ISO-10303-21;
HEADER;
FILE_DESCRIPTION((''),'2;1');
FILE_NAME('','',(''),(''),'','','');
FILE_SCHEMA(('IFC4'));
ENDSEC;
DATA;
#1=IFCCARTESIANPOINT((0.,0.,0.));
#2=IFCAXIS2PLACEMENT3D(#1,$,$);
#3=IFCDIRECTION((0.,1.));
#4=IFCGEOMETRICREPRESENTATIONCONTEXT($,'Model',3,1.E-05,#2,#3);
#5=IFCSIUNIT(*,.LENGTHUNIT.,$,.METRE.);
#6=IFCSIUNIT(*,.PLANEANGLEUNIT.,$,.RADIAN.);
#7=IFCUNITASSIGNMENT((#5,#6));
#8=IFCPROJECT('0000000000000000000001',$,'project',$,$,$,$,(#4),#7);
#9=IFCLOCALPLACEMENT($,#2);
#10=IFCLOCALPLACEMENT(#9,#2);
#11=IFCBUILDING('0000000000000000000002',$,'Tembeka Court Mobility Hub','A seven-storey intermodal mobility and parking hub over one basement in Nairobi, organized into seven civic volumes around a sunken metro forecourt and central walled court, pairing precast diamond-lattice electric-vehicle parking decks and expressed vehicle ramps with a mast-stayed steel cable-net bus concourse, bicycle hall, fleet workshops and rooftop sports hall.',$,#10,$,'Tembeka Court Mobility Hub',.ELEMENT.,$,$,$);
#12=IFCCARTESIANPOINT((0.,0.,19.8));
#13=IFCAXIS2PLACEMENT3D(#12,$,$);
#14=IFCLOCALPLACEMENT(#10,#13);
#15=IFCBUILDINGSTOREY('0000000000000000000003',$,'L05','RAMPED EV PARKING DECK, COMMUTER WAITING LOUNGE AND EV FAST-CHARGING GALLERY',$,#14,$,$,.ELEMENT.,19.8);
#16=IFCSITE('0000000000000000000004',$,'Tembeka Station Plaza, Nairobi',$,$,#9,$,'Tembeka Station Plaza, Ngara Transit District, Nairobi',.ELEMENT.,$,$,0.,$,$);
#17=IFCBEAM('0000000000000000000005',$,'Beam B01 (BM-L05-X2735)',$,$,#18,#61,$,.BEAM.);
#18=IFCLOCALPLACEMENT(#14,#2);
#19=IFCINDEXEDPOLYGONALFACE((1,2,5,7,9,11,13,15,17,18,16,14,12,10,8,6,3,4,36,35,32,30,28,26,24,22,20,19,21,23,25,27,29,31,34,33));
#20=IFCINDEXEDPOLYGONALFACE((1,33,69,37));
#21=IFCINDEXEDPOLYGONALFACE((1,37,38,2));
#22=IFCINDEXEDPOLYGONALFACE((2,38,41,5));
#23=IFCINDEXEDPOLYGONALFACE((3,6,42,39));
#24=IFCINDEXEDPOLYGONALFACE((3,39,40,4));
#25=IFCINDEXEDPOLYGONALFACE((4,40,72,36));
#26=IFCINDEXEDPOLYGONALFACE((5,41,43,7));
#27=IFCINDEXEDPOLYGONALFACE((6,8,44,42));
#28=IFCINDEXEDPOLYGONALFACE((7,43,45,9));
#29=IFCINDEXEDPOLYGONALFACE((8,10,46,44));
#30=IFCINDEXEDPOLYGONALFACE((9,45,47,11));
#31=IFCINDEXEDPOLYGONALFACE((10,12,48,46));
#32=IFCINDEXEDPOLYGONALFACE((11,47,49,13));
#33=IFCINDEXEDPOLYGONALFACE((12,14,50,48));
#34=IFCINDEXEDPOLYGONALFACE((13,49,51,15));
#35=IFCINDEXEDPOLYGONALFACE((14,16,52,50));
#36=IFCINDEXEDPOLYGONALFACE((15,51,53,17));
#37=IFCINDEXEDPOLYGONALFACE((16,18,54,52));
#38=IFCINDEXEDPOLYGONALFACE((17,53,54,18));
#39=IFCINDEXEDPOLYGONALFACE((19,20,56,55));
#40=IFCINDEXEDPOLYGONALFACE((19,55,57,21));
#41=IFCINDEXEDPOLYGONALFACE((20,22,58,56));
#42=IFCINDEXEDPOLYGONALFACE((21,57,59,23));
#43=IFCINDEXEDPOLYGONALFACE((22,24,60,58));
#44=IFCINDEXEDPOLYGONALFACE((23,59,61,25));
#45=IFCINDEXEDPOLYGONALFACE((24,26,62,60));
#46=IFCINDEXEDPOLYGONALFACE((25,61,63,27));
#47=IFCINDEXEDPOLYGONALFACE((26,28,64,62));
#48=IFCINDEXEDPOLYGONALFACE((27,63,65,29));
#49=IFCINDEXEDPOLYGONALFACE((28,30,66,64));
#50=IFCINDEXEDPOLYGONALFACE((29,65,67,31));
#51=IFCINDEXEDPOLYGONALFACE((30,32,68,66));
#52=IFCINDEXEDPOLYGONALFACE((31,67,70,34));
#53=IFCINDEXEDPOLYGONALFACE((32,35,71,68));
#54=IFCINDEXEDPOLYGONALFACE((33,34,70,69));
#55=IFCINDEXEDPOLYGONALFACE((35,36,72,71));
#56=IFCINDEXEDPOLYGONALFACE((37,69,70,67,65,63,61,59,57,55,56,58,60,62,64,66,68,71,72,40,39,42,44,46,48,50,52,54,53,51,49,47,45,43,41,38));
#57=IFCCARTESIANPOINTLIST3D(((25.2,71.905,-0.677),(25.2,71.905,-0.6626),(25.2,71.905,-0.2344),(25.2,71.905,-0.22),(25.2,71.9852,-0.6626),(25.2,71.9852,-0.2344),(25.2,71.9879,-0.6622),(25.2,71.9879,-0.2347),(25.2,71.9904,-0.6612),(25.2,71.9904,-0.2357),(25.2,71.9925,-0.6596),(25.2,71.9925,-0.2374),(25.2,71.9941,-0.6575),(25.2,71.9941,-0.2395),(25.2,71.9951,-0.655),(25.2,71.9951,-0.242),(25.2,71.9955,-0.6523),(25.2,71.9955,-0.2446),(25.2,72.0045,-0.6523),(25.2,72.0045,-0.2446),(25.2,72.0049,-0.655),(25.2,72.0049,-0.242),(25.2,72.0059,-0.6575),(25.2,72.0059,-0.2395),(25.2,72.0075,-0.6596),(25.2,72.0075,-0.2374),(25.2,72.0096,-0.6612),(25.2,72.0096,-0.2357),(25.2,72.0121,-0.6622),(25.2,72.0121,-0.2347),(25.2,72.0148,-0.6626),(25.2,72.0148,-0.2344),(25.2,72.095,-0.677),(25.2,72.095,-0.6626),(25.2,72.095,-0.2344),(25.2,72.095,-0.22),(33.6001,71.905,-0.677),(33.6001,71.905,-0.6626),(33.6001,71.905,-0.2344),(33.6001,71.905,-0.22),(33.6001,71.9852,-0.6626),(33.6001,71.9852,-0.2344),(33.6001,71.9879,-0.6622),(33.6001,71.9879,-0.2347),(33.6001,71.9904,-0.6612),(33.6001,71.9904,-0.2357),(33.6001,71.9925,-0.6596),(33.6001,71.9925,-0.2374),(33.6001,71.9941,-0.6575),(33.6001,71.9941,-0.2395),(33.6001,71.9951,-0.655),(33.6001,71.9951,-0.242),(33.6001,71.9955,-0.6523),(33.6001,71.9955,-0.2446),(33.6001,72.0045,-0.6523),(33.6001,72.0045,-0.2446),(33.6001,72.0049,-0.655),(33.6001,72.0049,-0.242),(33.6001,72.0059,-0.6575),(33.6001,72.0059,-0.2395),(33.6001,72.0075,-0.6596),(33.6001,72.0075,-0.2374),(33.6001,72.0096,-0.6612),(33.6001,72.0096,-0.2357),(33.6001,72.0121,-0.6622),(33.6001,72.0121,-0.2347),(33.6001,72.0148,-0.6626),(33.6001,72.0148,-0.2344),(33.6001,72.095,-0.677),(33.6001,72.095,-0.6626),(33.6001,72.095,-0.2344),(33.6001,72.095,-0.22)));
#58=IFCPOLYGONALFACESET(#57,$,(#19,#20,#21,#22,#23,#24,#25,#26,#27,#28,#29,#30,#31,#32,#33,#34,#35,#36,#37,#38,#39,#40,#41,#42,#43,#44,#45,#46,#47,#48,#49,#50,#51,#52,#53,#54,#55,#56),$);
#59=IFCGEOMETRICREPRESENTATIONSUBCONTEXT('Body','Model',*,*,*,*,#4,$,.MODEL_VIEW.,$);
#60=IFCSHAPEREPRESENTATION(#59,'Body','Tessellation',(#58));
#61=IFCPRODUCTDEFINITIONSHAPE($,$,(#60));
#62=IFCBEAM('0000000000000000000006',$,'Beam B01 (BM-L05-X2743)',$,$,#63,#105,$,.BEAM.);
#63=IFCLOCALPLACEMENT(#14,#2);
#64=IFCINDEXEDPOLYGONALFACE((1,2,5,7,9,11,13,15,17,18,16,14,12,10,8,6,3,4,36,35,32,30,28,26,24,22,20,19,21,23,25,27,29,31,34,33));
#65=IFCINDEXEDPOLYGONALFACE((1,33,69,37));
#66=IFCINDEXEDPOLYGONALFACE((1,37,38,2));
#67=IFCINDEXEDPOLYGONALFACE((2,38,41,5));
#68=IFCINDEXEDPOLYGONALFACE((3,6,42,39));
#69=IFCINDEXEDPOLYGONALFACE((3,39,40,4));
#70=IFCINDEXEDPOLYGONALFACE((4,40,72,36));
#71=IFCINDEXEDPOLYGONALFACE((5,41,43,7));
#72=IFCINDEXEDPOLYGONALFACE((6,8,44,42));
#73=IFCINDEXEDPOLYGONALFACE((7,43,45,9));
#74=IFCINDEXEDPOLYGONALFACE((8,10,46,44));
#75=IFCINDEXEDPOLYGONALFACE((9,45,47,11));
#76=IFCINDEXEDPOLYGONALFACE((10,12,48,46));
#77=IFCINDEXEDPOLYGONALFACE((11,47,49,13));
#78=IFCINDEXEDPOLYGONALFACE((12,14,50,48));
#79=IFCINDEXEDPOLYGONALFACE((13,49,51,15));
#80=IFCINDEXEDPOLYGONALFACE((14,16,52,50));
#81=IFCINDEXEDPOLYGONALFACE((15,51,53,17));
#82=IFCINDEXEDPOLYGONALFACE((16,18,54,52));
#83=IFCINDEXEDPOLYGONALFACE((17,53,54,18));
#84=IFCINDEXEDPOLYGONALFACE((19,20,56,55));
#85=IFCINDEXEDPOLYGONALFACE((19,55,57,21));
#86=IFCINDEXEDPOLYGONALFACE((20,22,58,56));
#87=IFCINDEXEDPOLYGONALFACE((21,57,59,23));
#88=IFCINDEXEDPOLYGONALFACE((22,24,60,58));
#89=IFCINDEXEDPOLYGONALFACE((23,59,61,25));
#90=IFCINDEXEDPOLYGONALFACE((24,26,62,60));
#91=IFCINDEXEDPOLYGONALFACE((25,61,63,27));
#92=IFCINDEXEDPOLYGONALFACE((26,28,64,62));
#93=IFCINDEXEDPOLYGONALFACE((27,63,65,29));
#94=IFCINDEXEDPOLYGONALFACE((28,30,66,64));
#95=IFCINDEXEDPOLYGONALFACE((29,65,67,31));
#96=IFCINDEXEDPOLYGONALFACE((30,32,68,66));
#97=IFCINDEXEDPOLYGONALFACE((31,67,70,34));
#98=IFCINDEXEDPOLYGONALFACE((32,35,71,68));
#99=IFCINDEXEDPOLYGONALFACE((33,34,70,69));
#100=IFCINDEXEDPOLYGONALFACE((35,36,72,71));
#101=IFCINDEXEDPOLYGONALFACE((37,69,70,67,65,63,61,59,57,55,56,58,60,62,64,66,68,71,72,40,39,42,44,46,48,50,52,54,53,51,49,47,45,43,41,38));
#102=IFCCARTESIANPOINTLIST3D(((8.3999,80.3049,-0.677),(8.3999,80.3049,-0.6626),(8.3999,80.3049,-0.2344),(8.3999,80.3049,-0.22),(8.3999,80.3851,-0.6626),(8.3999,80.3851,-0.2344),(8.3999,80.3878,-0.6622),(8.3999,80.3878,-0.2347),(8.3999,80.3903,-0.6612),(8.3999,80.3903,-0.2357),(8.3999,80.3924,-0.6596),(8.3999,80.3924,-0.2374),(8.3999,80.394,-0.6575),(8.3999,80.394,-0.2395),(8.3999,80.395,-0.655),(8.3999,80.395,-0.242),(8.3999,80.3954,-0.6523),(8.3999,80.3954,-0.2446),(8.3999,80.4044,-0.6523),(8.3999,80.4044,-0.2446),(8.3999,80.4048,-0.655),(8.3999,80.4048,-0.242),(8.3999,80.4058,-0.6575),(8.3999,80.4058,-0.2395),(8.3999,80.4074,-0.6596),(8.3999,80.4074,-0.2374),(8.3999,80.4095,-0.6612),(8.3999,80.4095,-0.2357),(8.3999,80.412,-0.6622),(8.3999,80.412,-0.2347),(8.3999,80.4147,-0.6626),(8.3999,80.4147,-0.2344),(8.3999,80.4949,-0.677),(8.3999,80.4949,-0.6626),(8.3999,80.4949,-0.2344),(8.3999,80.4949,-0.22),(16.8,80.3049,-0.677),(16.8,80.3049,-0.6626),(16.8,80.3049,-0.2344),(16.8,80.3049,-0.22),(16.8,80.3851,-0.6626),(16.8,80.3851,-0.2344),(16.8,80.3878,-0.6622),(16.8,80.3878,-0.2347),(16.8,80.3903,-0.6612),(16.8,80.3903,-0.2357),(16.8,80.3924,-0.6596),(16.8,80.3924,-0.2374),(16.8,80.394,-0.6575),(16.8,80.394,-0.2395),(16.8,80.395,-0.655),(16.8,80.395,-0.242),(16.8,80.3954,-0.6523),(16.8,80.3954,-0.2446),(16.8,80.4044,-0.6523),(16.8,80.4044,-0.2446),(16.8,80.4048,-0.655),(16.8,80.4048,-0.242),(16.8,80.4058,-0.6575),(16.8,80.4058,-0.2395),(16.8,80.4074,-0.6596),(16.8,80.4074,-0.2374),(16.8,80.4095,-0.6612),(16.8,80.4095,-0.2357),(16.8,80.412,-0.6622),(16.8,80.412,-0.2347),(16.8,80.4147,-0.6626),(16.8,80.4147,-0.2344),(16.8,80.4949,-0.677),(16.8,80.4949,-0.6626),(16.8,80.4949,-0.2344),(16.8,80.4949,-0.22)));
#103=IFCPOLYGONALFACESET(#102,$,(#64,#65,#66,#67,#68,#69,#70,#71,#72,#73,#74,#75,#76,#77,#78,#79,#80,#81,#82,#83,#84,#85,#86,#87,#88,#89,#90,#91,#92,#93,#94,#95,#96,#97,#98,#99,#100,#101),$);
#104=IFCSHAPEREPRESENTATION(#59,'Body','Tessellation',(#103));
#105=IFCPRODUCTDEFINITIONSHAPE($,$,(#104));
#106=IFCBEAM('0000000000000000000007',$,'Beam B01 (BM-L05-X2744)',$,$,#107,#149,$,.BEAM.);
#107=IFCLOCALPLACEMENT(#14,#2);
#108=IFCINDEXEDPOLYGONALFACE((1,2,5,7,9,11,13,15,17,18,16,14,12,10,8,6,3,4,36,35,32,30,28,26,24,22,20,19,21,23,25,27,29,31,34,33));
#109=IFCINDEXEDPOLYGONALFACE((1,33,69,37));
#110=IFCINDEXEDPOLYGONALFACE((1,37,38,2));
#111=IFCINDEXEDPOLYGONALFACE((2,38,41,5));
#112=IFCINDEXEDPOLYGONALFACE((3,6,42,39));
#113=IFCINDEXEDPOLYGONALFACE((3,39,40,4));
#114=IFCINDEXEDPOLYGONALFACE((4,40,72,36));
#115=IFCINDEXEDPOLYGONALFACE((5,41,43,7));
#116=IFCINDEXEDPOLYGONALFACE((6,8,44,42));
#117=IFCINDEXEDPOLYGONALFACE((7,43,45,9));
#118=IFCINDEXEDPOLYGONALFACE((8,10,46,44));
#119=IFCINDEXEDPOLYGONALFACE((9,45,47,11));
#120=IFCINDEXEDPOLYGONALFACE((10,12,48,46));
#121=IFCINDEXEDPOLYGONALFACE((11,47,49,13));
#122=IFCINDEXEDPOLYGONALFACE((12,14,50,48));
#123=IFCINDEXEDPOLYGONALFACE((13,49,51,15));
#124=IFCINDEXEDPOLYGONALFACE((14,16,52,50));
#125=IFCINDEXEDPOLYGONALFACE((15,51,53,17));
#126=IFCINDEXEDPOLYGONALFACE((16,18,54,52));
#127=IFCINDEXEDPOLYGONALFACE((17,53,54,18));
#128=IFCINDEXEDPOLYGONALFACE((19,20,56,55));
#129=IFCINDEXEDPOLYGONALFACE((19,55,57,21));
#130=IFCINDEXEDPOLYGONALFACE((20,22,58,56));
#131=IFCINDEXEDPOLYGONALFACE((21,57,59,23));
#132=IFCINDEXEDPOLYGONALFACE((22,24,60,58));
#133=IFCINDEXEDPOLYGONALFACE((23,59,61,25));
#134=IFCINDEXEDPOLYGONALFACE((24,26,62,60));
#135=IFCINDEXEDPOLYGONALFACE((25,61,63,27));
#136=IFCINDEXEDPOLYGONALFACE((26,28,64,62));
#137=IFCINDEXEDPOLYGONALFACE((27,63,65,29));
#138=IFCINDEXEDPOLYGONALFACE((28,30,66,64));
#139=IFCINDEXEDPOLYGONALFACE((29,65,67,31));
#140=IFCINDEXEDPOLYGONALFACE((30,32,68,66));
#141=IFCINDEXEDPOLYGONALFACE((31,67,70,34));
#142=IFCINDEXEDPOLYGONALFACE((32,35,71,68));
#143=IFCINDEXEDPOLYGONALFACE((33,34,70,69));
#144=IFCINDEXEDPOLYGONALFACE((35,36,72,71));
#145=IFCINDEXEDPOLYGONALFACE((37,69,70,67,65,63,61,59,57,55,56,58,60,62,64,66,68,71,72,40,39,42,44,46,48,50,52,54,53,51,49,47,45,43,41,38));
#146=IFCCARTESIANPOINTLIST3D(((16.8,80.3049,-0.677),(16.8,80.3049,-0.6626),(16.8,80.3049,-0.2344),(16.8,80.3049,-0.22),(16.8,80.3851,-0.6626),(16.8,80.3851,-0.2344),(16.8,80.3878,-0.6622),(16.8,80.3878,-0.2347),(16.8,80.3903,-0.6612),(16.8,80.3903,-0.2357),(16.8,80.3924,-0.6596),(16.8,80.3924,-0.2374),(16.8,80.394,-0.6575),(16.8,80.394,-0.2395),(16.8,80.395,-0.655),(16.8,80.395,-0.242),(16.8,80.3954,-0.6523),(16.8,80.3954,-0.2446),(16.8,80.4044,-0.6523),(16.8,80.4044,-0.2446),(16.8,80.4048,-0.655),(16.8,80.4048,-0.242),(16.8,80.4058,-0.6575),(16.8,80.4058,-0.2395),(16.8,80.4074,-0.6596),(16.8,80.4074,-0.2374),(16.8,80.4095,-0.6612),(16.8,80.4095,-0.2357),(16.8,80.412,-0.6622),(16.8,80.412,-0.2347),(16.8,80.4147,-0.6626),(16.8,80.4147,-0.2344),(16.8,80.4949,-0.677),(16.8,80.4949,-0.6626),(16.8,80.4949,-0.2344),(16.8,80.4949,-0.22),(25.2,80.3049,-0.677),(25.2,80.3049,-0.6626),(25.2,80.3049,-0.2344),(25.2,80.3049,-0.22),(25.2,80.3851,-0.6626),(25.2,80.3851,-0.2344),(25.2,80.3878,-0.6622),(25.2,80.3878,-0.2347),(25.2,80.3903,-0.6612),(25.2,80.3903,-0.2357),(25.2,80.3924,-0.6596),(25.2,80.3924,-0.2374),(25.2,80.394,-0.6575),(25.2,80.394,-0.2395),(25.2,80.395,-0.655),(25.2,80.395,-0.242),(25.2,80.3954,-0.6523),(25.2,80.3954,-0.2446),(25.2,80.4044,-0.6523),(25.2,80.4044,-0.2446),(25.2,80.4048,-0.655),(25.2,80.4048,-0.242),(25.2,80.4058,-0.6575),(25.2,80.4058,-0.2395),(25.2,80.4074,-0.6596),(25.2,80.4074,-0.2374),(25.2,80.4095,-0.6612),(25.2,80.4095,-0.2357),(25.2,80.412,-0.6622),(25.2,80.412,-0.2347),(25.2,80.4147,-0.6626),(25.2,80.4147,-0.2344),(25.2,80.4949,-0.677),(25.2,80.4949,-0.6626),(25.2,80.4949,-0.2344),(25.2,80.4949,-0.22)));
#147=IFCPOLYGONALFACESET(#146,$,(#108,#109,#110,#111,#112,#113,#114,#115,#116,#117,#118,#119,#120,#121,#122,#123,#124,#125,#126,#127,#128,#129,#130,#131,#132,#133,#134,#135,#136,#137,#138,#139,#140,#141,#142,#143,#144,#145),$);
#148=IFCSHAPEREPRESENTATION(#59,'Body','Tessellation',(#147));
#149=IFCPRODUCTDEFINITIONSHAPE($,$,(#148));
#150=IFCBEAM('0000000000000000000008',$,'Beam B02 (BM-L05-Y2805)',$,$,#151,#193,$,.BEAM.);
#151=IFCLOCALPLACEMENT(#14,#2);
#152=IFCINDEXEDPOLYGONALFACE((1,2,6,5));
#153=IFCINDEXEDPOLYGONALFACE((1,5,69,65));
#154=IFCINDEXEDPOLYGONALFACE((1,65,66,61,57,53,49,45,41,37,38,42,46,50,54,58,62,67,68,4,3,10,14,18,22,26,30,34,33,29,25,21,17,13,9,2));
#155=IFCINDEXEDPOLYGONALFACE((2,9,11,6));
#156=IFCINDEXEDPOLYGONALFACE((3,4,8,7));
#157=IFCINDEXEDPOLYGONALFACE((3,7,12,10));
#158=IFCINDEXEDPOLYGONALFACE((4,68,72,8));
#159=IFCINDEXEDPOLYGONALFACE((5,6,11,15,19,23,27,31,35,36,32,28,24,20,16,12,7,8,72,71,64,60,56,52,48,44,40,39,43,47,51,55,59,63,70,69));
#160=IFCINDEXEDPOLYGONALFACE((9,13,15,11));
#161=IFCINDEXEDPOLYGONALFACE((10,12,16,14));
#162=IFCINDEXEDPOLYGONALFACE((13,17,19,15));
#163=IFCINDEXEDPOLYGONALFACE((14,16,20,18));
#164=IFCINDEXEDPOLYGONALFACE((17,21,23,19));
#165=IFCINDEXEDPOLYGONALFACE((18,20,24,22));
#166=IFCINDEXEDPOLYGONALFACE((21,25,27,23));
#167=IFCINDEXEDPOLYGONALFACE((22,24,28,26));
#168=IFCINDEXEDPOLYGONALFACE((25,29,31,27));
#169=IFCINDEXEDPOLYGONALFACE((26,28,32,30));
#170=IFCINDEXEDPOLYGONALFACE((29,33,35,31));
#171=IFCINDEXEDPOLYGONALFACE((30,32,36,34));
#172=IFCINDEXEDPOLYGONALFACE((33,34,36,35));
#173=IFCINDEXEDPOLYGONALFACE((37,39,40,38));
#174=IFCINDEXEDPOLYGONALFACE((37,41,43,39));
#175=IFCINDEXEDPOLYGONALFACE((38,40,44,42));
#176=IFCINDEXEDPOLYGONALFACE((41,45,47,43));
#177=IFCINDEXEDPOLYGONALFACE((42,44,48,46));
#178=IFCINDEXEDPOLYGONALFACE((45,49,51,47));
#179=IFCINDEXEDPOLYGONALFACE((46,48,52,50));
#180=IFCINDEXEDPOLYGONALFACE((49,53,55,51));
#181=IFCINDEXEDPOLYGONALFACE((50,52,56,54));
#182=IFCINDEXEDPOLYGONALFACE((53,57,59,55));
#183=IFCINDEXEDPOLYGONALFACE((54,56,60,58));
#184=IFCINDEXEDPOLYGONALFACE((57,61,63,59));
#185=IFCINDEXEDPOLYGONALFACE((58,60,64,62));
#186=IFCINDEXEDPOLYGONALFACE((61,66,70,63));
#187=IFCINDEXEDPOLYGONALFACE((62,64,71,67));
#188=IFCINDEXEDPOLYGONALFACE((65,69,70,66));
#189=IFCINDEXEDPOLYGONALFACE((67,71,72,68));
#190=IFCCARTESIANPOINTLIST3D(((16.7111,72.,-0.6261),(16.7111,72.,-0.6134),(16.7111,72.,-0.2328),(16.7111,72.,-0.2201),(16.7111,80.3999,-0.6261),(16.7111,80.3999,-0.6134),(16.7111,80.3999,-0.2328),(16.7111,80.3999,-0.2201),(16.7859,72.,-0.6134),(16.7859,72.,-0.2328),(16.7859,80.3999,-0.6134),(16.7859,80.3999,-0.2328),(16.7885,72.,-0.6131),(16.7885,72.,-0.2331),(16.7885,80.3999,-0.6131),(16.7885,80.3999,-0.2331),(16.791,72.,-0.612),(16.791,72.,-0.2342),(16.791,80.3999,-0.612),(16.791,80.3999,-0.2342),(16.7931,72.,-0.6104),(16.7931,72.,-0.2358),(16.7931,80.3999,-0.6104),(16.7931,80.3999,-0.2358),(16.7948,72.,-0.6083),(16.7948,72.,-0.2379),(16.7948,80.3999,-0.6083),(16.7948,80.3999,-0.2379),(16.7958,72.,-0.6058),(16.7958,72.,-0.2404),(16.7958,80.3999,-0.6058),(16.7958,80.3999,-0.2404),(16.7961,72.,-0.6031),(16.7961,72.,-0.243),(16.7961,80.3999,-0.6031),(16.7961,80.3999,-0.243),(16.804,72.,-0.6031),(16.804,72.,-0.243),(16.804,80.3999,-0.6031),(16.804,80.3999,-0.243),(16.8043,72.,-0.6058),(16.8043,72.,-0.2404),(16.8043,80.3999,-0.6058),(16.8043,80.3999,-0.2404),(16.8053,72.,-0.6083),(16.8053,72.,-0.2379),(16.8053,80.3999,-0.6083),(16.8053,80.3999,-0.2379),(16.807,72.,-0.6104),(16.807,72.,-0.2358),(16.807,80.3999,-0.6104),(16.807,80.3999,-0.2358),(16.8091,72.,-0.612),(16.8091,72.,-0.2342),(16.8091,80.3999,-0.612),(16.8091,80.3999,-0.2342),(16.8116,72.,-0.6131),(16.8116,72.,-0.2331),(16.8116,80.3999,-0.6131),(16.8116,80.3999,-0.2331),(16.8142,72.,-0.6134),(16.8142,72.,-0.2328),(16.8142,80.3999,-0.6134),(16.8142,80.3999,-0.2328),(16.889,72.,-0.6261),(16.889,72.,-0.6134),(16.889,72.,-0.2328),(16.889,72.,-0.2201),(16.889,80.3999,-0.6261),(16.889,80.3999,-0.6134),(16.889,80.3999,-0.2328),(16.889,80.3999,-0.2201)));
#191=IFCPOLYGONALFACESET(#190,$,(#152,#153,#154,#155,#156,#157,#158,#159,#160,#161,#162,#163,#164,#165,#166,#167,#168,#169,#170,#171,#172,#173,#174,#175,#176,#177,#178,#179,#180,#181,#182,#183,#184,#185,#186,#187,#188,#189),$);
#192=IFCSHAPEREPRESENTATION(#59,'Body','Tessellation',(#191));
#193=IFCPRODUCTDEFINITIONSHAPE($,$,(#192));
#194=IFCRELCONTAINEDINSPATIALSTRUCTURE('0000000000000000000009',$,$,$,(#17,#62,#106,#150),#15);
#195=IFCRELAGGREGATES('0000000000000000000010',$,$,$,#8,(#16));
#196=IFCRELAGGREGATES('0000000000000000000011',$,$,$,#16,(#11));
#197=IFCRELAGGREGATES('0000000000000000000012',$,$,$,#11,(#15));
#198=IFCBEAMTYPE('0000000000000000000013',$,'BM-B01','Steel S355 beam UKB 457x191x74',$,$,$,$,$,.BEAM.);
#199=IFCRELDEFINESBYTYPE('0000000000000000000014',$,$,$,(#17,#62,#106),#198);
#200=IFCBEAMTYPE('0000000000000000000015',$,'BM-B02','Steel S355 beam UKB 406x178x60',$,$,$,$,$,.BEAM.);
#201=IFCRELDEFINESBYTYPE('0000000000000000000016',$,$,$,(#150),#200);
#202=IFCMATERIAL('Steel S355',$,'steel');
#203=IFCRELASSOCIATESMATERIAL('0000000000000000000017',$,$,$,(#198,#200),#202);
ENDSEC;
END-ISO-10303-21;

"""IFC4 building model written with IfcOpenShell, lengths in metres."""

from ifc_helpers import new_model, si_unit, direction, frame, origin, origin_2d, place, context, subcontext, project, spatial, i_section, extrude, material, material_profile, profile_set, type_object, element, save


model = new_model("IFC4")

# Units and contexts
model_context = context("Model", 3, precision=1e-05, world=origin(), true_north=direction((0.0, 1.0)))
body_context = subcontext(model_context, "Body", "Model", "MODEL_VIEW")
ifc_project = project(units=[si_unit("LENGTHUNIT", "METRE"), si_unit("PLANEANGLEUNIT", "RADIAN")], contexts=[model_context])

# Site, building, storey
site_placement = place(None, origin())
site = spatial("IfcSite", under=ifc_project, at=site_placement, Name="Tembeka Station Plaza, Nairobi", LongName="Tembeka Station Plaza, Ngara Transit District, Nairobi", CompositionType="ELEMENT", RefElevation=0.0)
building_placement = place(site_placement, origin())
building = spatial("IfcBuilding", under=site, at=building_placement, Name="Tembeka Court Mobility Hub", Description="A seven-storey intermodal mobility and parking hub over one basement in Nairobi, organized into seven civic volumes around a sunken metro forecourt and central walled court, pairing precast diamond-lattice electric-vehicle parking decks and expressed vehicle ramps with a mast-stayed steel cable-net bus concourse, bicycle hall, fleet workshops and rooftop sports hall.", LongName="Tembeka Court Mobility Hub", CompositionType="ELEMENT")
storey_placement = place(building_placement, frame((0.0, 0.0, 19.8)))
storey = spatial("IfcBuildingStorey", under=building, at=storey_placement, Name="L05", Description="RAMPED EV PARKING DECK, COMMUTER WAITING LOUNGE AND EV FAST-CHARGING GALLERY", CompositionType="ELEMENT", Elevation=19.8)

# Shared definitions
ifc_material_1 = material(Name="Steel S355", Category="steel")

# Beams
ifc_material_profile_1 = material_profile(ifc_material_1, i_section(OverallWidth=0.1899, OverallDepth=0.457, WebThickness=0.009, FlangeThickness=0.0144, FilletRadius=0.0103, at=origin_2d()), Name="UKB 457x191x74")
ifc_profile_set_1 = profile_set([ifc_material_profile_1], Name="Steel S355")
beam_type_1 = type_object("IfcBeamType", Name="BM-B01", Description="Steel S355 beam UKB 457x191x74", PredefinedType="BEAM", material=ifc_profile_set_1)
for number, where, z_axis, x_axis, name in (
    (1, (25.2, 72.0, -0.4485), (1.0, 0.0, 0.0), (0.0, 1.0, 0.0), "Beam B01 (BM-L05-X2735)"),
    (2, (8.3999, 80.3999, -0.4485), (1.0, 0.0, 0.0), (0.0, 1.0, 0.0), "Beam B01 (BM-L05-X2743)"),
):
    element("IfcBeam", number, at=place(storey_placement, frame(where, z_axis=z_axis, x_axis=x_axis)), inside=storey, type_object=beam_type_1, Name=name, PredefinedType="BEAM", context=body_context, shape_type="SweptSolid", body=[
        extrude(i_section(OverallWidth=0.1899, OverallDepth=0.457, WebThickness=0.009, FlangeThickness=0.0144, FilletRadius=0.0103, at=origin_2d()), origin(), (0.0, 0.0, 1.0), 8.4001),
    ])
beam_1_placement = place(storey_placement, frame((16.8, 80.3999, -0.4485), z_axis=(1.0, 0.0, 0.0), x_axis=(0.0, 1.0, 0.0)))
element("IfcBeam", 3, at=beam_1_placement, inside=storey, type_object=beam_type_1, Name="Beam B01 (BM-L05-X2744)", PredefinedType="BEAM", context=body_context, shape_type="SweptSolid", body=[
    extrude(i_section(OverallWidth=0.1899, OverallDepth=0.457, WebThickness=0.009, FlangeThickness=0.0144, FilletRadius=0.0103, at=origin_2d()), origin(), (0.0, 0.0, 1.0), 8.3999),
])
ifc_material_profile_2 = material_profile(ifc_material_1, i_section(OverallWidth=0.178, OverallDepth=0.406, WebThickness=0.0078, FlangeThickness=0.0127, FilletRadius=0.0103, at=origin_2d()), Name="UKB 406x178x60")
ifc_profile_set_2 = profile_set([ifc_material_profile_2], Name="Steel S355")
beam_type_2 = type_object("IfcBeamType", Name="BM-B02", Description="Steel S355 beam UKB 406x178x60", PredefinedType="BEAM", material=ifc_profile_set_2)
for number, where, z_axis, x_axis, name in (
    (4, (16.8, 72.0, -0.4231), (0.0, 1.0, 0.0), (-1.0, 0.0, 0.0), "Beam B02 (BM-L05-Y2805)"),
):
    element("IfcBeam", number, at=place(storey_placement, frame(where, z_axis=z_axis, x_axis=x_axis)), inside=storey, type_object=beam_type_2, Name=name, PredefinedType="BEAM", context=body_context, shape_type="SweptSolid", body=[
        extrude(i_section(OverallWidth=0.178, OverallDepth=0.406, WebThickness=0.0078, FlangeThickness=0.0127, FilletRadius=0.0103, at=origin_2d()), origin(), (0.0, 0.0, 1.0), 8.3999),
    ])

save(model, "model.ifc")
